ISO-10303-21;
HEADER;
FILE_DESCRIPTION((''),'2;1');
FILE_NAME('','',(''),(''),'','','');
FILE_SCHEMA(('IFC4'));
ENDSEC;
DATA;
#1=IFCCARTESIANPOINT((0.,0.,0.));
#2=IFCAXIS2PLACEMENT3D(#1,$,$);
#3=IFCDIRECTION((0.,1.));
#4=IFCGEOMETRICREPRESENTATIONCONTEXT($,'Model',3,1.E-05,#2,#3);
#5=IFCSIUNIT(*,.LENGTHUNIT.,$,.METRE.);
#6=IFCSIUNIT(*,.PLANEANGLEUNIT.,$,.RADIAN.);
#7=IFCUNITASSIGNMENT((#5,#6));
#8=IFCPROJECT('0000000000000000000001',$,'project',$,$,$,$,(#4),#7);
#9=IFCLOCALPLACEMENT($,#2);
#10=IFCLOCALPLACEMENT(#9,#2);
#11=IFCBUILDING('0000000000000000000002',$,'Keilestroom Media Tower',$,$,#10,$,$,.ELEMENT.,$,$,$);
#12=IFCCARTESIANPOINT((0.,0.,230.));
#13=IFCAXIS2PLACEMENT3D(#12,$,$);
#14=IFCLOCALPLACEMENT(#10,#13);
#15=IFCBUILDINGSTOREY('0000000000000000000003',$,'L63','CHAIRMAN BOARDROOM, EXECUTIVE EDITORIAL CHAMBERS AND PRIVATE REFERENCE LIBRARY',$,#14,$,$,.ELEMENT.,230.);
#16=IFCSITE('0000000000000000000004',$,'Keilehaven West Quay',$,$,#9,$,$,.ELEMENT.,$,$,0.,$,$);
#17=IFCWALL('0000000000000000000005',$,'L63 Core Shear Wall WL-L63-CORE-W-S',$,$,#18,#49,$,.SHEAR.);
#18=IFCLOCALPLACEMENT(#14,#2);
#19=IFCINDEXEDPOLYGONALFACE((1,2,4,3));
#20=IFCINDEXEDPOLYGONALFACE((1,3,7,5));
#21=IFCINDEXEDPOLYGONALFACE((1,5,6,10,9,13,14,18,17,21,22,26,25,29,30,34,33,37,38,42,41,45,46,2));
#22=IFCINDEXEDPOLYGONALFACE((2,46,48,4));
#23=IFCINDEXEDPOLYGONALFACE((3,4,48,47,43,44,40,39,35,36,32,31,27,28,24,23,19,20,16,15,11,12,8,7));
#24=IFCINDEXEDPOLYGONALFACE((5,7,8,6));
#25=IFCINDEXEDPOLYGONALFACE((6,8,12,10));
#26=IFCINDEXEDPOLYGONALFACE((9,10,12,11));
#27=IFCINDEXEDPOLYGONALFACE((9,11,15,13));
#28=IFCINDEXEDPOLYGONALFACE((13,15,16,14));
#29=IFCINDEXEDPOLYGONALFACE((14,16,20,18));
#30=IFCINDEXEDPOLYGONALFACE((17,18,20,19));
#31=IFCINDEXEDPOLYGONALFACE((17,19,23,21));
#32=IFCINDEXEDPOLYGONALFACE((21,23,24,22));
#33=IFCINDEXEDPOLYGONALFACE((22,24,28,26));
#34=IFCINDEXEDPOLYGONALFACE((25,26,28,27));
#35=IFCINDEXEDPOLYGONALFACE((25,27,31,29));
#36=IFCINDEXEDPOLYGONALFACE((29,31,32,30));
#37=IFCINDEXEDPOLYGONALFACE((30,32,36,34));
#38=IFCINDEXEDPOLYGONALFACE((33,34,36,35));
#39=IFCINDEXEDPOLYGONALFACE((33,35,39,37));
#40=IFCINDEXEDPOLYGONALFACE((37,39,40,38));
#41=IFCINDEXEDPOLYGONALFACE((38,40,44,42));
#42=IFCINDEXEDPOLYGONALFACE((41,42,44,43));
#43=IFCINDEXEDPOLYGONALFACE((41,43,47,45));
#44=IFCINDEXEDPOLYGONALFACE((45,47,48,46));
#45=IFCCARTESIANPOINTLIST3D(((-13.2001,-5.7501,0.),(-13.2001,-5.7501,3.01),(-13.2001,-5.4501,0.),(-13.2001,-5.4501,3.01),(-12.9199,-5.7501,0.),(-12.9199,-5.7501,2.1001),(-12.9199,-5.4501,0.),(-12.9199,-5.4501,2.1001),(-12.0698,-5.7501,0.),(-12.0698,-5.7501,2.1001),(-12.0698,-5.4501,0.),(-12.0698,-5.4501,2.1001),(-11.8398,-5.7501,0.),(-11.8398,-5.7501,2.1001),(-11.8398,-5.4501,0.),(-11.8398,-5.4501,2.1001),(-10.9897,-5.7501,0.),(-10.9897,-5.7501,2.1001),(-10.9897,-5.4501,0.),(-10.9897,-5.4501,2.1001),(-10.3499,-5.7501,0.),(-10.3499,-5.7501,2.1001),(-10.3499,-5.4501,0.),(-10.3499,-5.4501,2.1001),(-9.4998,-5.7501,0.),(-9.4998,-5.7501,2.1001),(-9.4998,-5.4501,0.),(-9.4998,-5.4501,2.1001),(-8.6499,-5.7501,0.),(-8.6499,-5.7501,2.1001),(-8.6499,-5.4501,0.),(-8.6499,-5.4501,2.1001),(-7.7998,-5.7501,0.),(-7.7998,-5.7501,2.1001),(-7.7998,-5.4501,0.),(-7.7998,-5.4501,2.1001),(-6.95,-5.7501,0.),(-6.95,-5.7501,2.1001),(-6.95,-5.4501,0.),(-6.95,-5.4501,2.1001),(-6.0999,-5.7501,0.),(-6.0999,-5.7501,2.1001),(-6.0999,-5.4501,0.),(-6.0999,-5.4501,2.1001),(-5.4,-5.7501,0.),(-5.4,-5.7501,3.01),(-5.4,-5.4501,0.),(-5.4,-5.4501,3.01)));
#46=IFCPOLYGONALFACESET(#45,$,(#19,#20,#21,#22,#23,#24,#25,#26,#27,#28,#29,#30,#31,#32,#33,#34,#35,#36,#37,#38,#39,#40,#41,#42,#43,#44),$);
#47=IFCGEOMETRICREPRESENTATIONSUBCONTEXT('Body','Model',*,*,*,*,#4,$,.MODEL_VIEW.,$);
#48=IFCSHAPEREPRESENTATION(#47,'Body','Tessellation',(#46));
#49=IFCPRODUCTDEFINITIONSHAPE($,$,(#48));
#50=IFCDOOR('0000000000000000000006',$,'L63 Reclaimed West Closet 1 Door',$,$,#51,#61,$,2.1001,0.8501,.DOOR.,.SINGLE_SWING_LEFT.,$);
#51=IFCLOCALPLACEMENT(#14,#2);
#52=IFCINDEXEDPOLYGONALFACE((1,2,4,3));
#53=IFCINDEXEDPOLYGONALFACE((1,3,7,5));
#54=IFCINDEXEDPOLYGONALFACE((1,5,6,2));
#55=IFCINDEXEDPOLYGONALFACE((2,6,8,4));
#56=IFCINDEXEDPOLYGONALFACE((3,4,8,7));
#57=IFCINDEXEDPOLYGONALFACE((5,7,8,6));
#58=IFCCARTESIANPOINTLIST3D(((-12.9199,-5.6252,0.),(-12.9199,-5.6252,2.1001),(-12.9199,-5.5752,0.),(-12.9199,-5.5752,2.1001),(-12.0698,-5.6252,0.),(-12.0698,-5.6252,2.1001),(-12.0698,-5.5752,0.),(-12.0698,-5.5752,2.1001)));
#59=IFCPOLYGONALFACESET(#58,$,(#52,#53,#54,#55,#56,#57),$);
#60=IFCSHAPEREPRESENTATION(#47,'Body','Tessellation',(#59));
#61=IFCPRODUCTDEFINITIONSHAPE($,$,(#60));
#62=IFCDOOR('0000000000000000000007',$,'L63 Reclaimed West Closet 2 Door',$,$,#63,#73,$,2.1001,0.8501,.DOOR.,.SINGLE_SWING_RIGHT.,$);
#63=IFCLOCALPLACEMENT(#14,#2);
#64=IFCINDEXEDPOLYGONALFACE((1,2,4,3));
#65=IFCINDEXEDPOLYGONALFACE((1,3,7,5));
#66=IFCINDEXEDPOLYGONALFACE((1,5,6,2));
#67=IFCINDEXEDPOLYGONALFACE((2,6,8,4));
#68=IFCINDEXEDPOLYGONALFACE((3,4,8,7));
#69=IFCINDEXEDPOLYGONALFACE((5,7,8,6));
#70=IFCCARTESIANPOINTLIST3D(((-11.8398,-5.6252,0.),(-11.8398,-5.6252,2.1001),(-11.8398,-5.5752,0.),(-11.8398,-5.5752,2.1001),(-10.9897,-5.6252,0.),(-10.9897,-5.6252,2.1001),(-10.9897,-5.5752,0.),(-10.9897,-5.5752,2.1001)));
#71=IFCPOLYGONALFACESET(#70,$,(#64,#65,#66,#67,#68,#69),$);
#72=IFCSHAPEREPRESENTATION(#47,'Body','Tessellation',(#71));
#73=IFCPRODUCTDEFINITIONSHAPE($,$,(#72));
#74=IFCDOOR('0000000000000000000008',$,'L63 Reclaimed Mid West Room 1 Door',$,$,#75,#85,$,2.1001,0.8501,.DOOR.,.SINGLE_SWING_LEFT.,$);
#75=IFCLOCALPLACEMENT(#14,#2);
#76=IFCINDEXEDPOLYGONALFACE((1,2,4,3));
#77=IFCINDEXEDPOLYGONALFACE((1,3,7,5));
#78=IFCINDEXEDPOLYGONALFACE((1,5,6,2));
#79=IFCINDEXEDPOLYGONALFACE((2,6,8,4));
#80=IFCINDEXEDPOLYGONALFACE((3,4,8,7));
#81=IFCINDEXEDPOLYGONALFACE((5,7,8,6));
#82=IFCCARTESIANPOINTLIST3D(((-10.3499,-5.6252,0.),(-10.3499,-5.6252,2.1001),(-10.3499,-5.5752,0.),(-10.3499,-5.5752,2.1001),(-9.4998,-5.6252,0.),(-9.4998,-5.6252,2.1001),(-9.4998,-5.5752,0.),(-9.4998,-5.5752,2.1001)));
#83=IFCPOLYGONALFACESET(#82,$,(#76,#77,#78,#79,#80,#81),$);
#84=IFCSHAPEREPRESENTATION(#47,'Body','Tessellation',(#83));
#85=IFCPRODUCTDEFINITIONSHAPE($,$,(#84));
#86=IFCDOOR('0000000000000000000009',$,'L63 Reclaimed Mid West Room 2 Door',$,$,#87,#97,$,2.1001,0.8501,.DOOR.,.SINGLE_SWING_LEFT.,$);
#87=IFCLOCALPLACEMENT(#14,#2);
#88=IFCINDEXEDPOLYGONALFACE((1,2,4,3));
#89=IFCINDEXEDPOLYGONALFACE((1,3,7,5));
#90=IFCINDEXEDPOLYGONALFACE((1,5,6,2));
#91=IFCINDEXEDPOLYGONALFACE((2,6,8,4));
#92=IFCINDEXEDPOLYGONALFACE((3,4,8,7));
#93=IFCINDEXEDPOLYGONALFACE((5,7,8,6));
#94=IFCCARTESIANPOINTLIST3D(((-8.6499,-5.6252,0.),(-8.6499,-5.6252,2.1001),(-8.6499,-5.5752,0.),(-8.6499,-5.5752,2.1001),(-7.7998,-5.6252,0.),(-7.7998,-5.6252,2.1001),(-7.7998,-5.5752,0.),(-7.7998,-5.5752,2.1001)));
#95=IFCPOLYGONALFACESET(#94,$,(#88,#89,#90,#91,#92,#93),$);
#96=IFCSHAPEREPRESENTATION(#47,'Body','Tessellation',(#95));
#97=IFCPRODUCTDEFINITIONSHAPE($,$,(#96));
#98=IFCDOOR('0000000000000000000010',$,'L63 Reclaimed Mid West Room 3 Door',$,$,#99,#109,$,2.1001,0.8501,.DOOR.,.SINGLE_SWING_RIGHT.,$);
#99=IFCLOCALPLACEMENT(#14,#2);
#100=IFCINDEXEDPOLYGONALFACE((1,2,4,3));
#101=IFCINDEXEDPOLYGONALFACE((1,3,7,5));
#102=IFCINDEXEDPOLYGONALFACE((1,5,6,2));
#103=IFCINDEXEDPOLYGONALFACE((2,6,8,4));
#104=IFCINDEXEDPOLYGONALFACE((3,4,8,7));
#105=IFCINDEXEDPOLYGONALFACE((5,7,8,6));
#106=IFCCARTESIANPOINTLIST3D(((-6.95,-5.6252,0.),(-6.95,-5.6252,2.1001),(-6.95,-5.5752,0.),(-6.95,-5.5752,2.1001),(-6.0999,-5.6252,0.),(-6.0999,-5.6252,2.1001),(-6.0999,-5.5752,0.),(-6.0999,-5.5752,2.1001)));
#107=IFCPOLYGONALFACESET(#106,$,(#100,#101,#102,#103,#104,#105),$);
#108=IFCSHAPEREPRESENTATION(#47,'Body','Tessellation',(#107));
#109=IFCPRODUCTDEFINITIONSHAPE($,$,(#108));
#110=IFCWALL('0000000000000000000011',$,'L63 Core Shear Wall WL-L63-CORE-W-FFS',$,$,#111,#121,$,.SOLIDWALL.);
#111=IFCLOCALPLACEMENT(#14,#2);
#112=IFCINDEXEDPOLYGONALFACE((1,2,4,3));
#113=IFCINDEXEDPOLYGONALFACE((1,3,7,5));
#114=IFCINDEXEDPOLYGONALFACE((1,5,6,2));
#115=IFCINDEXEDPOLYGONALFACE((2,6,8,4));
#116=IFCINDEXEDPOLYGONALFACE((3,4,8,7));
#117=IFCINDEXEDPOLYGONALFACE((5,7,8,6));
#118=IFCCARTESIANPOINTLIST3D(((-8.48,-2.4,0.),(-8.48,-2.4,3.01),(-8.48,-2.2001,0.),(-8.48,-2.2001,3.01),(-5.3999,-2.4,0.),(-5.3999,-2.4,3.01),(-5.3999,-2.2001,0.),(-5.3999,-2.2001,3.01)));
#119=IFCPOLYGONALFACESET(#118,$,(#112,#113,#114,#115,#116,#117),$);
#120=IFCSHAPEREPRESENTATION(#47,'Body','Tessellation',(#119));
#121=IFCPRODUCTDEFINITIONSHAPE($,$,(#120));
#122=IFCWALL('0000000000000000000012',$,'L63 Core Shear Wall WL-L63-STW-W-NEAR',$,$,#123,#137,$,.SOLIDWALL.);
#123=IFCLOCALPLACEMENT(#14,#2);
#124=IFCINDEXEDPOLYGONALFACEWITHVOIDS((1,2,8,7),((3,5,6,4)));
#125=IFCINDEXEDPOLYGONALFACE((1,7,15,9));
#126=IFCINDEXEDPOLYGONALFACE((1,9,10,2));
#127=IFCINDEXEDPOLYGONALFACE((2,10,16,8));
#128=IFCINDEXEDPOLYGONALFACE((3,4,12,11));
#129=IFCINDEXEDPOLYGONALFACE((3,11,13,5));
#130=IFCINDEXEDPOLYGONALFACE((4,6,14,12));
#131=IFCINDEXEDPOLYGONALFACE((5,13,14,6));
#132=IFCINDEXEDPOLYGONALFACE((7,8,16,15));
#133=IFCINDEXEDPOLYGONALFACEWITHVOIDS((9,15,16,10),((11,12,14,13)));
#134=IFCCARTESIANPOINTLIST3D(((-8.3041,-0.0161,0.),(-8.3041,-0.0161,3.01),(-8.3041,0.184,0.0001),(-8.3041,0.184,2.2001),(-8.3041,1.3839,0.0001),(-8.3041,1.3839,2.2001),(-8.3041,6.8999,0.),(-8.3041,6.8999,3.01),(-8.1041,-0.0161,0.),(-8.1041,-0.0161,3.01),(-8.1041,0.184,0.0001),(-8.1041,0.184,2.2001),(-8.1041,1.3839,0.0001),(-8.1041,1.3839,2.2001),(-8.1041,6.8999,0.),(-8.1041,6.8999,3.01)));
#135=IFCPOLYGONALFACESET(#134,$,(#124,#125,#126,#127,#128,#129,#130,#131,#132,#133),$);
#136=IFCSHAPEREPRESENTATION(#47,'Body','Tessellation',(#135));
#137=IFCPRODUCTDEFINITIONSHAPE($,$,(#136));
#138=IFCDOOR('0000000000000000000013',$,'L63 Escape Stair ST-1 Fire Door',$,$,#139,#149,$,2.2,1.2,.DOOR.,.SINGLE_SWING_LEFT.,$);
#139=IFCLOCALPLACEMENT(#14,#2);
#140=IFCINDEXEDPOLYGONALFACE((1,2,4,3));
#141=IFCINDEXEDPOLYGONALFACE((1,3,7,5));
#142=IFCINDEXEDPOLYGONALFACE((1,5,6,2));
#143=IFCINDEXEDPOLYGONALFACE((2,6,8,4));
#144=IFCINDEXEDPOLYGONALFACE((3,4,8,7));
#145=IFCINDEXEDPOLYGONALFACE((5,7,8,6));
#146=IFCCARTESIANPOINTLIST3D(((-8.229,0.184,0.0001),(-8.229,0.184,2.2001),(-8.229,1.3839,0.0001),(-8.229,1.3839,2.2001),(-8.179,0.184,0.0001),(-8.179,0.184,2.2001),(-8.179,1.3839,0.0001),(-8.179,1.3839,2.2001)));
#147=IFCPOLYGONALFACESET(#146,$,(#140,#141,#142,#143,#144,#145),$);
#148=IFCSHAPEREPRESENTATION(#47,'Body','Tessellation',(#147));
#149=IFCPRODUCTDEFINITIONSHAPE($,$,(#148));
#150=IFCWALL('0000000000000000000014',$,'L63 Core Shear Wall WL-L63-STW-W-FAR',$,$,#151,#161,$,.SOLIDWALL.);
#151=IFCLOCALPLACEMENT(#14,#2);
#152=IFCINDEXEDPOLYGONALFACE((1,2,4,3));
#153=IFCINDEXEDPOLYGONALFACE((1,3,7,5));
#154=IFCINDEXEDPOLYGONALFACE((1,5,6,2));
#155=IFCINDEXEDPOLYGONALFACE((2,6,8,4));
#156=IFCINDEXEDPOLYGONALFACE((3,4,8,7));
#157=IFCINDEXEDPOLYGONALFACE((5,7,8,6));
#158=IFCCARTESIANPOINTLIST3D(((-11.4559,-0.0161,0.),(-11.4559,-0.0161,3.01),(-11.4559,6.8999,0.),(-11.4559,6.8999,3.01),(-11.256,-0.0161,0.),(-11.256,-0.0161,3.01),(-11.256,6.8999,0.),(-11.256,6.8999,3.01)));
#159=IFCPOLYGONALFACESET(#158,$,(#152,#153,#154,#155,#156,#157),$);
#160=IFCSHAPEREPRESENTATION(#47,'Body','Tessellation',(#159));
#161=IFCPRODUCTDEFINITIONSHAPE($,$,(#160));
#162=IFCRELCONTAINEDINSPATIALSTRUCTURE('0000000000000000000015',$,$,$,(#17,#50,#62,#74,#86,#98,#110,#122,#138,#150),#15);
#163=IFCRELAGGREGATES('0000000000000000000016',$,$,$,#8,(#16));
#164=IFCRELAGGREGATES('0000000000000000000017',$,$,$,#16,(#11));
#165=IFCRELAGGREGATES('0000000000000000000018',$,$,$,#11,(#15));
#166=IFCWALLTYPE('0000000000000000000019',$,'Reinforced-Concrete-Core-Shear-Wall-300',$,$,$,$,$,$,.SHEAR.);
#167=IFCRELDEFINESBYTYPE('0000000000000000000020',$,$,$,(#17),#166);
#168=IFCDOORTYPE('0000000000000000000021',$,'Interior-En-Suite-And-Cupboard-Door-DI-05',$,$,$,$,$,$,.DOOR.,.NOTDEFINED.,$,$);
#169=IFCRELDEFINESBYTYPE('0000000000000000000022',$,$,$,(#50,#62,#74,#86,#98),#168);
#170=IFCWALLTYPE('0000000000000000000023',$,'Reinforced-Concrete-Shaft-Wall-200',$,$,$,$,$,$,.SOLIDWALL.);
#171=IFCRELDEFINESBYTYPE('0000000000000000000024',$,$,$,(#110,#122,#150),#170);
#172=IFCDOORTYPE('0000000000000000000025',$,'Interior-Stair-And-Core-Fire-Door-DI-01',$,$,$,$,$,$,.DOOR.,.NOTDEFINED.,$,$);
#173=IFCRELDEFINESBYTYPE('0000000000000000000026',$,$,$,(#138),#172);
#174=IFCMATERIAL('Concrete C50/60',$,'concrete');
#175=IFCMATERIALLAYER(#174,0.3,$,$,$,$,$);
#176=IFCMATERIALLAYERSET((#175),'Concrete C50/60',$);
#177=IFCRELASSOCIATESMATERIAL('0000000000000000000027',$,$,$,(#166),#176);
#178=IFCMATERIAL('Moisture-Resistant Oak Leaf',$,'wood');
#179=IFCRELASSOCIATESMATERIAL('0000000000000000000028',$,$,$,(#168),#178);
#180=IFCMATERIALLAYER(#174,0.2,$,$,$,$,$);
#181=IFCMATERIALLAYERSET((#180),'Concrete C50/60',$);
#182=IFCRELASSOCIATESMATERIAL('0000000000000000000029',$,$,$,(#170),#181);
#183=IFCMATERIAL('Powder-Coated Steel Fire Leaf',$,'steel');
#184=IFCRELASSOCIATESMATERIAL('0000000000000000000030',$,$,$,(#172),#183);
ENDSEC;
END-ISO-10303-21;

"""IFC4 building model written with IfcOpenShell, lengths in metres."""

from ifc_helpers import new_model, si_unit, direction, frame, frame_2d, origin, place, context, subcontext, project, spatial, rectangle, extrude, source, transform, mapped, material, layer, layer_set, type_object, element, fill, save


model = new_model("IFC4")

# Units and contexts
model_context = context("Model", 3, precision=1e-05, world=origin(), true_north=direction((0.0, 1.0)))
body_context = subcontext(model_context, "Body", "Model", "MODEL_VIEW")
ifc_project = project(units=[si_unit("LENGTHUNIT", "METRE"), si_unit("PLANEANGLEUNIT", "RADIAN")], contexts=[model_context])

# Site, building, storey
site_placement = place(None, origin())
site = spatial("IfcSite", under=ifc_project, at=site_placement, Name="Keilehaven West Quay", CompositionType="ELEMENT", RefElevation=0.0)
building_placement = place(site_placement, origin())
building = spatial("IfcBuilding", under=site, at=building_placement, Name="Keilestroom Media Tower", CompositionType="ELEMENT")
storey_placement = place(building_placement, frame((0.0, 0.0, 230.0)))
storey = spatial("IfcBuildingStorey", under=building, at=storey_placement, Name="L63", Description="CHAIRMAN BOARDROOM, EXECUTIVE EDITORIAL CHAMBERS AND PRIVATE REFERENCE LIBRARY", CompositionType="ELEMENT", Elevation=230.0)

# Shared definitions
ifc_material_1 = material(Name="Concrete C50/60", Category="concrete")
ifc_layer_1 = layer(ifc_material_1, 0.3)
ifc_layer_set_1 = layer_set([ifc_layer_1], Name="Concrete C50/60")
wall_type_1 = type_object("IfcWallType", Name="Reinforced-Concrete-Core-Shear-Wall-300", PredefinedType="SHEAR", material=ifc_layer_set_1)

# Wall, openings, doors
ifc_material_2 = material(Name="Powder-Coated Steel Fire Leaf", Category="steel")
shared_shape_1 = source(origin(), body_context, "Body", "SweptSolid", [
    extrude(rectangle(XDim=1.2, YDim=2.2, at=frame_2d((0.6001, 1.1001))), frame((0.0, 0.0249, 0.0), z_axis=(0.0, -1.0, 0.0), x_axis=(1.0, 0.0, 0.0)), (0.0, 0.0, 1.0), 0.05),
])
wall_1_placement = place(storey_placement, frame((-13.2, -5.6001, 0.0), z_axis=(0.0, 0.0, 1.0), x_axis=(1.0, 0.0, 0.0)))
wall_1 = element("IfcWall", 1, at=wall_1_placement, inside=storey, type_object=wall_type_1, Name="L63 Core Shear Wall WL-L63-CORE-W-S", PredefinedType="SHEAR", context=body_context, shape_type="SweptSolid", body=[
    extrude(rectangle(XDim=7.8, YDim=0.3, at=frame_2d((3.8999, 0.0))), origin(), (0.0, 0.0, 1.0), 3.01),
])
opening_1_placement = place(wall_1_placement, frame((0.28, 0.0, 0.0)))
opening_1 = element("IfcOpeningElement", 2, at=opening_1_placement, cuts=wall_1, PredefinedType="OPENING", context=body_context, shape_type="SweptSolid", body=[
    extrude(rectangle(XDim=0.8501, YDim=2.1001, at=frame_2d((0.425, 1.05))), frame((0.0, 0.1602, 0.0), z_axis=(0.0, -1.0, 0.0), x_axis=(1.0, 0.0, 0.0)), (0.0, 0.0, 1.0), 0.3201),
])
opening_2_placement = place(wall_1_placement, frame((1.3601, 0.0, 0.0)))
opening_2 = element("IfcOpeningElement", 3, at=opening_2_placement, cuts=wall_1, PredefinedType="OPENING", context=body_context, shape_type="SweptSolid", body=[
    extrude(rectangle(XDim=0.8501, YDim=2.1001, at=frame_2d((0.425, 1.05))), frame((0.0, 0.1602, 0.0), z_axis=(0.0, -1.0, 0.0), x_axis=(1.0, 0.0, 0.0)), (0.0, 0.0, 1.0), 0.3201),
])
opening_3_placement = place(wall_1_placement, frame((2.8501, 0.0, 0.0)))
opening_3 = element("IfcOpeningElement", 4, at=opening_3_placement, cuts=wall_1, PredefinedType="OPENING", context=body_context, shape_type="SweptSolid", body=[
    extrude(rectangle(XDim=0.8501, YDim=2.1001, at=frame_2d((0.425, 1.05))), frame((0.0, 0.1602, 0.0), z_axis=(0.0, -1.0, 0.0), x_axis=(1.0, 0.0, 0.0)), (0.0, 0.0, 1.0), 0.3201),
])
opening_4_placement = place(wall_1_placement, frame((4.55, 0.0, 0.0)))
opening_4 = element("IfcOpeningElement", 5, at=opening_4_placement, cuts=wall_1, PredefinedType="OPENING", context=body_context, shape_type="SweptSolid", body=[
    extrude(rectangle(XDim=0.8501, YDim=2.1001, at=frame_2d((0.425, 1.05))), frame((0.0, 0.1602, 0.0), z_axis=(0.0, -1.0, 0.0), x_axis=(1.0, 0.0, 0.0)), (0.0, 0.0, 1.0), 0.3201),
])
opening_5_placement = place(wall_1_placement, frame((6.25, 0.0, 0.0)))
opening_5 = element("IfcOpeningElement", 6, at=opening_5_placement, cuts=wall_1, PredefinedType="OPENING", context=body_context, shape_type="SweptSolid", body=[
    extrude(rectangle(XDim=0.8501, YDim=2.1001, at=frame_2d((0.425, 1.05))), frame((0.0, 0.1602, 0.0), z_axis=(0.0, -1.0, 0.0), x_axis=(1.0, 0.0, 0.0)), (0.0, 0.0, 1.0), 0.3201),
])
ifc_material_3 = material(Name="Moisture-Resistant Oak Leaf", Category="wood")
door_type_1 = type_object("IfcDoorType", Name="Interior-En-Suite-And-Cupboard-Door-DI-05", OperationType="NOTDEFINED", PredefinedType="DOOR", material=ifc_material_3)
shared_shape_2 = source(origin(), body_context, "Body", "SweptSolid", [
    extrude(rectangle(XDim=0.8501, YDim=2.1001, at=frame_2d((0.425, 1.05))), frame((0.0, 0.0249, 0.0), z_axis=(0.0, -1.0, 0.0), x_axis=(1.0, 0.0, 0.0)), (0.0, 0.0, 1.0), 0.05),
])
door_1_placement = place(opening_1_placement, origin())
door_1 = element("IfcDoor", 7, at=door_1_placement, inside=storey, type_object=door_type_1, Name="L63 Reclaimed West Closet 1 Door", OperationType="SINGLE_SWING_LEFT", OverallHeight=2.1001, OverallWidth=0.8501, PredefinedType="DOOR", context=body_context, shape_type="MappedRepresentation", body=[
    mapped(shared_shape_2, transform((0.0, 0.0, 0.0), x_axis=(1.0, 0.0, 0.0), y_axis=(0.0, 1.0, 0.0), z_axis=(0.0, 0.0, 1.0), scale=1.0)),
])
fill(opening_1, door_1)
door_2_placement = place(opening_2_placement, origin())
door_2 = element("IfcDoor", 8, at=door_2_placement, inside=storey, type_object=door_type_1, Name="L63 Reclaimed West Closet 2 Door", OperationType="SINGLE_SWING_RIGHT", OverallHeight=2.1001, OverallWidth=0.8501, PredefinedType="DOOR", context=body_context, shape_type="MappedRepresentation", body=[
    mapped(shared_shape_2, transform((0.0, 0.0, 0.0), x_axis=(1.0, 0.0, 0.0), y_axis=(0.0, 1.0, 0.0), z_axis=(0.0, 0.0, 1.0), scale=1.0)),
])
fill(opening_2, door_2)
door_3_placement = place(opening_3_placement, origin())
door_3 = element("IfcDoor", 9, at=door_3_placement, inside=storey, type_object=door_type_1, Name="L63 Reclaimed Mid West Room 1 Door", OperationType="SINGLE_SWING_LEFT", OverallHeight=2.1001, OverallWidth=0.8501, PredefinedType="DOOR", context=body_context, shape_type="MappedRepresentation", body=[
    mapped(shared_shape_2, transform((0.0, 0.0, 0.0), x_axis=(1.0, 0.0, 0.0), y_axis=(0.0, 1.0, 0.0), z_axis=(0.0, 0.0, 1.0), scale=1.0)),
])
fill(opening_3, door_3)
door_4_placement = place(opening_4_placement, origin())
door_4 = element("IfcDoor", 10, at=door_4_placement, inside=storey, type_object=door_type_1, Name="L63 Reclaimed Mid West Room 2 Door", OperationType="SINGLE_SWING_LEFT", OverallHeight=2.1001, OverallWidth=0.8501, PredefinedType="DOOR", context=body_context, shape_type="MappedRepresentation", body=[
    mapped(shared_shape_2, transform((0.0, 0.0, 0.0), x_axis=(1.0, 0.0, 0.0), y_axis=(0.0, 1.0, 0.0), z_axis=(0.0, 0.0, 1.0), scale=1.0)),
])
fill(opening_4, door_4)
door_5_placement = place(opening_5_placement, origin())
door_5 = element("IfcDoor", 11, at=door_5_placement, inside=storey, type_object=door_type_1, Name="L63 Reclaimed Mid West Room 3 Door", OperationType="SINGLE_SWING_RIGHT", OverallHeight=2.1001, OverallWidth=0.8501, PredefinedType="DOOR", context=body_context, shape_type="MappedRepresentation", body=[
    mapped(shared_shape_2, transform((0.0, 0.0, 0.0), x_axis=(1.0, 0.0, 0.0), y_axis=(0.0, 1.0, 0.0), z_axis=(0.0, 0.0, 1.0), scale=1.0)),
])
fill(opening_5, door_5)

# Wall
ifc_layer_2 = layer(ifc_material_1, 0.2)
ifc_layer_set_2 = layer_set([ifc_layer_2], Name="Concrete C50/60")
wall_type_2 = type_object("IfcWallType", Name="Reinforced-Concrete-Shaft-Wall-200", PredefinedType="SOLIDWALL", material=ifc_layer_set_2)
wall_2_placement = place(storey_placement, frame((-8.48, -2.3, 0.0), z_axis=(0.0, 0.0, 1.0), x_axis=(1.0, 0.0, 0.0)))
element("IfcWall", 12, at=wall_2_placement, inside=storey, type_object=wall_type_2, Name="L63 Core Shear Wall WL-L63-CORE-W-FFS", PredefinedType="SOLIDWALL", context=body_context, shape_type="SweptSolid", body=[
    extrude(rectangle(XDim=3.0801, YDim=0.2, at=frame_2d((1.54, 0.0))), origin(), (0.0, 0.0, 1.0), 3.01),
])

# Wall, opening, door
wall_3_placement = place(storey_placement, frame((-8.2041, -0.0161, 0.0), z_axis=(0.0, 0.0, 1.0), x_axis=(0.0, 1.0, 0.0)))
wall_3 = element("IfcWall", 13, at=wall_3_placement, inside=storey, type_object=wall_type_2, Name="L63 Core Shear Wall WL-L63-STW-W-NEAR", PredefinedType="SOLIDWALL", context=body_context, shape_type="SweptSolid", body=[
    extrude(rectangle(XDim=6.916, YDim=0.2, at=frame_2d((3.458, 0.0))), origin(), (0.0, 0.0, 1.0), 3.01),
])
opening_6_placement = place(wall_3_placement, frame((0.2, 0.0, 0.0)))
opening_6 = element("IfcOpeningElement", 14, at=opening_6_placement, cuts=wall_3, PredefinedType="OPENING", context=body_context, shape_type="SweptSolid", body=[
    extrude(rectangle(XDim=1.2, YDim=2.2, at=frame_2d((0.6001, 1.1001))), frame((0.0, 0.1099, 0.0), z_axis=(0.0, -1.0, 0.0), x_axis=(1.0, 0.0, 0.0)), (0.0, 0.0, 1.0), 0.22),
])
door_type_2 = type_object("IfcDoorType", Name="Interior-Stair-And-Core-Fire-Door-DI-01", OperationType="NOTDEFINED", PredefinedType="DOOR", material=ifc_material_2)
door_6_placement = place(opening_6_placement, origin())
door_6 = element("IfcDoor", 15, at=door_6_placement, inside=storey, type_object=door_type_2, Name="L63 Escape Stair ST-1 Fire Door", OperationType="SINGLE_SWING_LEFT", OverallHeight=2.2, OverallWidth=1.2, PredefinedType="DOOR", context=body_context, shape_type="MappedRepresentation", body=[
    mapped(shared_shape_1, transform((0.0, 0.0, 0.0), x_axis=(1.0, 0.0, 0.0), y_axis=(0.0, 1.0, 0.0), z_axis=(0.0, 0.0, 1.0), scale=1.0)),
])
fill(opening_6, door_6)

# Wall
wall_4_placement = place(storey_placement, frame((-11.356, -0.0161, 0.0), z_axis=(0.0, 0.0, 1.0), x_axis=(0.0, 1.0, 0.0)))
element("IfcWall", 16, at=wall_4_placement, inside=storey, type_object=wall_type_2, Name="L63 Core Shear Wall WL-L63-STW-W-FAR", PredefinedType="SOLIDWALL", context=body_context, shape_type="SweptSolid", body=[
    extrude(rectangle(XDim=6.916, YDim=0.2, at=frame_2d((3.458, 0.0))), origin(), (0.0, 0.0, 1.0), 3.01),
])

save(model, "model.ifc")
